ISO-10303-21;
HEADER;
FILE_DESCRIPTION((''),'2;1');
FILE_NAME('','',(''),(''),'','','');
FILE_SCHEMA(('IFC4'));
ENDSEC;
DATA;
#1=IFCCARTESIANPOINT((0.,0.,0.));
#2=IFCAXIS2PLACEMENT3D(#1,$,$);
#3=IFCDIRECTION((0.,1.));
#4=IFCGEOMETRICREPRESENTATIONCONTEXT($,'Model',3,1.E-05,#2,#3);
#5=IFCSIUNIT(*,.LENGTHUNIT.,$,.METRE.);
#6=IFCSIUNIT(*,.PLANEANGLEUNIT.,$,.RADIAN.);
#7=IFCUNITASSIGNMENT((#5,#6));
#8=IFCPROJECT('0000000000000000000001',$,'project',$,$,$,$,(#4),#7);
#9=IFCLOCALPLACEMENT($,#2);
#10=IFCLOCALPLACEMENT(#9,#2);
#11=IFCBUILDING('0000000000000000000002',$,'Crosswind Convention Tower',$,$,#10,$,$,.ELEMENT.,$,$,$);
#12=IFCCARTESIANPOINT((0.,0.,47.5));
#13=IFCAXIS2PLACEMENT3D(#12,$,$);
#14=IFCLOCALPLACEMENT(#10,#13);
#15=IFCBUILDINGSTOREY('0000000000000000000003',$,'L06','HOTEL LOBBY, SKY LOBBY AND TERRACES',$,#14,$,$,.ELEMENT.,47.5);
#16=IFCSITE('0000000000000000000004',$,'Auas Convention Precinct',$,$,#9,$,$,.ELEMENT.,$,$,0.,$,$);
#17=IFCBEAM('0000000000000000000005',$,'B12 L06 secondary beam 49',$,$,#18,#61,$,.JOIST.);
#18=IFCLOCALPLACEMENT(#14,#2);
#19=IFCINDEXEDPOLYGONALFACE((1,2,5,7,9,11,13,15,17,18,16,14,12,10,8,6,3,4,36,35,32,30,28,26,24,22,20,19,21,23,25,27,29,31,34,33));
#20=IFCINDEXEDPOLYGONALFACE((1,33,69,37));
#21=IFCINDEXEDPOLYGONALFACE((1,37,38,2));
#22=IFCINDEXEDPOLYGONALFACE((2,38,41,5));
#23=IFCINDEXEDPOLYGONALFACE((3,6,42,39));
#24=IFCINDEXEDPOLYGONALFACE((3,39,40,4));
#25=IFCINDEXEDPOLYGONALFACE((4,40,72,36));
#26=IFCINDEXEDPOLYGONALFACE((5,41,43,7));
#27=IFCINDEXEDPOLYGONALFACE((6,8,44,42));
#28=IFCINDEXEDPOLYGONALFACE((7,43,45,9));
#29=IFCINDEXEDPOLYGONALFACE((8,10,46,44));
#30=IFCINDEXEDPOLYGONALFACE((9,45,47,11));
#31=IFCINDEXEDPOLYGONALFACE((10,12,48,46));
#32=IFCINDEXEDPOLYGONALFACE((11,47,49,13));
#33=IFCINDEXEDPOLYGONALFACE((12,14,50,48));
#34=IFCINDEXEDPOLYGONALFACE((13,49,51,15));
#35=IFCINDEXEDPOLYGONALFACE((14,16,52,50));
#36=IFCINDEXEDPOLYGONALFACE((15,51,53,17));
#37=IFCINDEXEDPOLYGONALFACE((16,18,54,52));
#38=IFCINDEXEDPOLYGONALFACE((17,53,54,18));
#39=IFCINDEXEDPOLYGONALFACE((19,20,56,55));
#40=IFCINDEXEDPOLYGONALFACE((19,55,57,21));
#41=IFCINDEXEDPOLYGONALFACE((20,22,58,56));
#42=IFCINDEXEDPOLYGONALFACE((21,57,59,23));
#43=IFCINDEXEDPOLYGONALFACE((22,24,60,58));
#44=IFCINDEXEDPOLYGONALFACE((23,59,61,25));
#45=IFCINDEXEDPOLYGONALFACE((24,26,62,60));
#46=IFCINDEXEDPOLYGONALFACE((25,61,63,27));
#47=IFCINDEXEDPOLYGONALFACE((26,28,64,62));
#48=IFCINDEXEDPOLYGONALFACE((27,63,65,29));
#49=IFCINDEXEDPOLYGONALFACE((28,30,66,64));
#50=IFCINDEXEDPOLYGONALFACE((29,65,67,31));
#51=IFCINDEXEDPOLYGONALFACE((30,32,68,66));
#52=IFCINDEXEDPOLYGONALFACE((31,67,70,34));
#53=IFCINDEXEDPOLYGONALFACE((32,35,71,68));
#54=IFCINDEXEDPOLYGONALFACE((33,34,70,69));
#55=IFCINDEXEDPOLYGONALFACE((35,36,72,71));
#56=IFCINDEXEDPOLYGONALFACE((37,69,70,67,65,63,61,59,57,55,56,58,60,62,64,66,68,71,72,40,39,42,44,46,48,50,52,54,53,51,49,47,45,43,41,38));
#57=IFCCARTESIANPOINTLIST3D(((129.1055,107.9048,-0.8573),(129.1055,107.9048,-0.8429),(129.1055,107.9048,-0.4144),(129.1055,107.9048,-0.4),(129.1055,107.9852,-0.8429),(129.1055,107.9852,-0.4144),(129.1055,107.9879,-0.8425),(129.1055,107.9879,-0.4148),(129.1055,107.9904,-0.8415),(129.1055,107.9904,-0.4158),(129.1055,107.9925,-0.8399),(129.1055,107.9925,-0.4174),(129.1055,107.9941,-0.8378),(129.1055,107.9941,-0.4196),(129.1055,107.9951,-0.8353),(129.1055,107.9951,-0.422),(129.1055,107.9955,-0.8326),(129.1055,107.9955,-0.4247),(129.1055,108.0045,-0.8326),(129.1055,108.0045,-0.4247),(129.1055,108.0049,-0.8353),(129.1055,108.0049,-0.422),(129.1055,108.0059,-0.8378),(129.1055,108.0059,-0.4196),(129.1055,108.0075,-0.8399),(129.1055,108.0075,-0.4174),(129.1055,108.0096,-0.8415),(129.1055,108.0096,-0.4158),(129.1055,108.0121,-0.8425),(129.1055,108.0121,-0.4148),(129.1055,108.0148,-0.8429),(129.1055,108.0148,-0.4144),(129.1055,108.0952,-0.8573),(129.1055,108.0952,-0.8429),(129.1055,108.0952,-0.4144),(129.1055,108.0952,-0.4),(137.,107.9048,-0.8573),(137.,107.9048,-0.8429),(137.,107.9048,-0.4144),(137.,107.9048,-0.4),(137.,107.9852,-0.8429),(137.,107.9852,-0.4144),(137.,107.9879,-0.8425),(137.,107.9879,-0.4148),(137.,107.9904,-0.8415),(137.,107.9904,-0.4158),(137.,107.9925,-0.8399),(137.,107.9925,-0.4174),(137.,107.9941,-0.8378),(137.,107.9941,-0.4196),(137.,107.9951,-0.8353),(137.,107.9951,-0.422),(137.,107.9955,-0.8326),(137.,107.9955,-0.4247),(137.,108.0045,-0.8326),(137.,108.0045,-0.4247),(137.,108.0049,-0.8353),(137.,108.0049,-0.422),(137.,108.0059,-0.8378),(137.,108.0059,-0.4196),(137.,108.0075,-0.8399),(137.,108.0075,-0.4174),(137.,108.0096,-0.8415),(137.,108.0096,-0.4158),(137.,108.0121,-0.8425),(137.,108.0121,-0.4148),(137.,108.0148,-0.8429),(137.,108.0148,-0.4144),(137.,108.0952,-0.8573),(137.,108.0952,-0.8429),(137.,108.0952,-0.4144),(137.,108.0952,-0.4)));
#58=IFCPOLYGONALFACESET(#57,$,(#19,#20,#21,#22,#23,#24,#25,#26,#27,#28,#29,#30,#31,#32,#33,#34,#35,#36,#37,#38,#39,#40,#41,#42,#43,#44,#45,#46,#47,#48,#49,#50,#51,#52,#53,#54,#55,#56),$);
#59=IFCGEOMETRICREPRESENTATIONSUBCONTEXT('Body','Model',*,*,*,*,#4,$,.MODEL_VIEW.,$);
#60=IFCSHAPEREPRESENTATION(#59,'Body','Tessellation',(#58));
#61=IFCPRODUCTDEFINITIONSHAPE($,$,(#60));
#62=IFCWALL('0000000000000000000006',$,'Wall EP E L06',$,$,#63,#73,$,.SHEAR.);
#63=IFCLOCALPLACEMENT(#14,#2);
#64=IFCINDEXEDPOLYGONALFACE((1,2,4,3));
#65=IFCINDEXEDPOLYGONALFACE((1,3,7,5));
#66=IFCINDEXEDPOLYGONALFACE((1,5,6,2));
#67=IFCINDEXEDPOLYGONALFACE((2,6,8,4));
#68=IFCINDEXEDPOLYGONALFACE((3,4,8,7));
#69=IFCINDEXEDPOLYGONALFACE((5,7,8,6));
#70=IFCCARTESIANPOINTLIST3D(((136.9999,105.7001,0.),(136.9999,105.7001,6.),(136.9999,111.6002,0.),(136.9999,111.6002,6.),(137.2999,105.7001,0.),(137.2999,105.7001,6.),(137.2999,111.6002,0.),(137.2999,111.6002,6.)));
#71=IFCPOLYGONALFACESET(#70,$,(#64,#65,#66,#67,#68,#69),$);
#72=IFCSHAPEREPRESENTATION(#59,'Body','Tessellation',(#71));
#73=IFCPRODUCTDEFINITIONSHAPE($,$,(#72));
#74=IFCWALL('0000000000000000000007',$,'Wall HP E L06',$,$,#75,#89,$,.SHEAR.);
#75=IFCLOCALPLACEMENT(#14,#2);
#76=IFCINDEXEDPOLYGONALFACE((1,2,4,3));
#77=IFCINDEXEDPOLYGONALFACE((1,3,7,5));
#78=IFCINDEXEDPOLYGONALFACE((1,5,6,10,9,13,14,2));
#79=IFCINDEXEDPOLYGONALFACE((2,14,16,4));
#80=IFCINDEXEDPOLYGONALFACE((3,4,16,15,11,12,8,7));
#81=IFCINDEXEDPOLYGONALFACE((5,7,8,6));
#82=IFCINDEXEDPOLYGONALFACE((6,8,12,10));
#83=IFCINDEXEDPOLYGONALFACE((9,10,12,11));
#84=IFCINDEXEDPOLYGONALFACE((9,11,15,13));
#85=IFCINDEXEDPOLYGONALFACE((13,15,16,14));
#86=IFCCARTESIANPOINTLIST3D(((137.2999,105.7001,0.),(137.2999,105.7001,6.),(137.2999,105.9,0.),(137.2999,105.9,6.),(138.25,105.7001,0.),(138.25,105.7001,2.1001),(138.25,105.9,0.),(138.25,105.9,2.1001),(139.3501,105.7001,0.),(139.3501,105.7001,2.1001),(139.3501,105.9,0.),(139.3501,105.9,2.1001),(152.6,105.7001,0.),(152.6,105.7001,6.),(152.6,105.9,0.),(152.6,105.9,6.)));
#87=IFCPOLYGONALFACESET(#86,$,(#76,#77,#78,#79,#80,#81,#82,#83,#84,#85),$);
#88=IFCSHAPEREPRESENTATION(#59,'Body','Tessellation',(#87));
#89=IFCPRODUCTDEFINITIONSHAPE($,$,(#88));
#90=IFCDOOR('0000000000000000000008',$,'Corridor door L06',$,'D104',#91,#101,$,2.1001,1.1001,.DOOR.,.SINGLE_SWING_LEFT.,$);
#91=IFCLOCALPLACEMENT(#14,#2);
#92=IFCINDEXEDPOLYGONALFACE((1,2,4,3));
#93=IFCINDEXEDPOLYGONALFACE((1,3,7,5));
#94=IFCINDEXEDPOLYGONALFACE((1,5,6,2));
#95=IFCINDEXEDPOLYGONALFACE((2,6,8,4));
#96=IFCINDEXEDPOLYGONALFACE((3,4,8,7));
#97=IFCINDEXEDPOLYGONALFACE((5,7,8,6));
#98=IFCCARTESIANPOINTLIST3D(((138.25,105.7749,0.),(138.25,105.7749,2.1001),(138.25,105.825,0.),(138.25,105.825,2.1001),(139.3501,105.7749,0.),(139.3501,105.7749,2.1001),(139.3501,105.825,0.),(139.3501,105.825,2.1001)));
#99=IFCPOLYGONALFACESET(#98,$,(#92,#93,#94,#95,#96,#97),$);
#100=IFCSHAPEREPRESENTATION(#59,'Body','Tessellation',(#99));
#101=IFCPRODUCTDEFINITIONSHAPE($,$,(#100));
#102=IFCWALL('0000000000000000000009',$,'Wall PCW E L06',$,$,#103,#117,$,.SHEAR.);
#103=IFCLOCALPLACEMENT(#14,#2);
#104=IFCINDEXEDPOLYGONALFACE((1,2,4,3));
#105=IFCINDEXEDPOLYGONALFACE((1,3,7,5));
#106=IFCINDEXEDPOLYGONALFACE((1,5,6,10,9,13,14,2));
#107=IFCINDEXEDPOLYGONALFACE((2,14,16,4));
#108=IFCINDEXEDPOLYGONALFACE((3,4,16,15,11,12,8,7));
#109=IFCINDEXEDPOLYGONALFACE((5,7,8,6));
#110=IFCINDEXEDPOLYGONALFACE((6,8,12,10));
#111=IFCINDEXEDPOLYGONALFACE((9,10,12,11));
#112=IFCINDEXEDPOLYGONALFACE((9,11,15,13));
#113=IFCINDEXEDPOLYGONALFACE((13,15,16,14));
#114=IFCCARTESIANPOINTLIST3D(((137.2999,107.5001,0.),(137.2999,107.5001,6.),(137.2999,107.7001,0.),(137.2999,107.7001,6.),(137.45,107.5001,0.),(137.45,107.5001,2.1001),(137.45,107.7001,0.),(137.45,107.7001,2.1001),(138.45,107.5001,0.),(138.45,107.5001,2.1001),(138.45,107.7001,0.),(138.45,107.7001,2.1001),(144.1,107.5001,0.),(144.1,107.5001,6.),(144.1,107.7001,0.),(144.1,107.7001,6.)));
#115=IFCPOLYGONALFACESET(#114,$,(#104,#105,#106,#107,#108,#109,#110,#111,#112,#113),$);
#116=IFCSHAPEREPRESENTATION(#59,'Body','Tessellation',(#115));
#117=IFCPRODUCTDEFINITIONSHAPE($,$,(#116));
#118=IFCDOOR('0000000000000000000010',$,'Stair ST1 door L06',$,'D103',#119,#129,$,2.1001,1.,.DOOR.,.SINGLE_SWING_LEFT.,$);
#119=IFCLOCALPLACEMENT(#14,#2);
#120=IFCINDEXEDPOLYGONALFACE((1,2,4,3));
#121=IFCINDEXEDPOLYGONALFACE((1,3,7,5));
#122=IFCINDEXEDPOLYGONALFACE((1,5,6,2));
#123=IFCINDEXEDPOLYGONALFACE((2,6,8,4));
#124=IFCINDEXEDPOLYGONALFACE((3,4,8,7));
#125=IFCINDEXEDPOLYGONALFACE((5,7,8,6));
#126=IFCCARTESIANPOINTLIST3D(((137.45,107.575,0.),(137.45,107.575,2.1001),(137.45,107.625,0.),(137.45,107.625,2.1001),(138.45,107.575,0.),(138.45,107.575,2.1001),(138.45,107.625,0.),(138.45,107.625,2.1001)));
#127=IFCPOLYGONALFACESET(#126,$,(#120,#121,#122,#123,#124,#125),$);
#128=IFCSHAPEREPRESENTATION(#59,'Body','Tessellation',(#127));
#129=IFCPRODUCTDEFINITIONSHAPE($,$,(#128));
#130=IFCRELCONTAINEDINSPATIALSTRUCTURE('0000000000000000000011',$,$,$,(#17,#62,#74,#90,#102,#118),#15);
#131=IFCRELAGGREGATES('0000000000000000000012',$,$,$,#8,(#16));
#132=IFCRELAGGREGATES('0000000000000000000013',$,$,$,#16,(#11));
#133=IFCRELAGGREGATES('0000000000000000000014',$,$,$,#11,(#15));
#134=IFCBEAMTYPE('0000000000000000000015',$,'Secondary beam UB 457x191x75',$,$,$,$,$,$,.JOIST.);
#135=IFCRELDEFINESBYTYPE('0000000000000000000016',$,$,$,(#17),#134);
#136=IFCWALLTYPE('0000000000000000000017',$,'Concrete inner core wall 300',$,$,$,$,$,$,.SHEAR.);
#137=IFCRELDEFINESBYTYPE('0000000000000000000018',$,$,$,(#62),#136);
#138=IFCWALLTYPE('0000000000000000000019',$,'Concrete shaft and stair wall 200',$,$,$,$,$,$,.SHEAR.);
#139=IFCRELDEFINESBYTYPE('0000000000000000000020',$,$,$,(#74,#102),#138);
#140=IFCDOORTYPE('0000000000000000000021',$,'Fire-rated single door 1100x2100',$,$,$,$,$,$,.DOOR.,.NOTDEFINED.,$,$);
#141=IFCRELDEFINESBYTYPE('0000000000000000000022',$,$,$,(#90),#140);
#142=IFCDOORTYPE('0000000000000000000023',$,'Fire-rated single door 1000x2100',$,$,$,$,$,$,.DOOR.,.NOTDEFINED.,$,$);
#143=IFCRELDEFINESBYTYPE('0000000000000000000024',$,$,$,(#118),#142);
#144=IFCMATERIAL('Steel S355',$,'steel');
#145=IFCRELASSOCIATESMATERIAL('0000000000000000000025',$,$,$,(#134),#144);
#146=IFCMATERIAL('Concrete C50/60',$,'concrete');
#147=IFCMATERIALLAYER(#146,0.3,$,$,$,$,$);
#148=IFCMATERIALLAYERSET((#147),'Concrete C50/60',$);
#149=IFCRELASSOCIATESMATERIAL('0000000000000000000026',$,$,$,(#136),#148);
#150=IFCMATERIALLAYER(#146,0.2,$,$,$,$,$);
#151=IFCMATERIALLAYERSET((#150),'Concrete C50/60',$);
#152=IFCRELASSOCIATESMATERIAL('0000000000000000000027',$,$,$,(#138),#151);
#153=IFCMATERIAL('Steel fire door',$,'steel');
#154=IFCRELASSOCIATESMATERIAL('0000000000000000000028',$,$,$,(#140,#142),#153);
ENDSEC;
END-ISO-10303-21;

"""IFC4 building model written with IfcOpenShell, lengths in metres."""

from ifc_helpers import new_model, si_unit, direction, frame, frame_2d, origin, origin_2d, place, context, subcontext, project, spatial, rectangle, i_section, extrude, material, layer, layer_set, material_profile, profile_set, type_object, element, fill, save


model = new_model("IFC4")

# Units and contexts
model_context = context("Model", 3, precision=1e-05, world=origin(), true_north=direction((0.0, 1.0)))
body_context = subcontext(model_context, "Body", "Model", "MODEL_VIEW")
ifc_project = project(units=[si_unit("LENGTHUNIT", "METRE"), si_unit("PLANEANGLEUNIT", "RADIAN")], contexts=[model_context])

# Site, building, storey
site_placement = place(None, origin())
site = spatial("IfcSite", under=ifc_project, at=site_placement, Name="Auas Convention Precinct", CompositionType="ELEMENT", RefElevation=0.0)
building_placement = place(site_placement, origin())
building = spatial("IfcBuilding", under=site, at=building_placement, Name="Crosswind Convention Tower", CompositionType="ELEMENT")
storey_placement = place(building_placement, frame((0.0, 0.0, 47.5)))
storey = spatial("IfcBuildingStorey", under=building, at=storey_placement, Name="L06", Description="HOTEL LOBBY, SKY LOBBY AND TERRACES", CompositionType="ELEMENT", Elevation=47.5)

# Beam
ifc_material_1 = material(Name="Steel S355", Category="steel")
ifc_material_profile_1 = material_profile(ifc_material_1, i_section(OverallWidth=0.1904, OverallDepth=0.4573, WebThickness=0.009, FlangeThickness=0.0144, FilletRadius=0.0103, at=origin_2d()), Name="UB 457x191x75")
ifc_profile_set_1 = profile_set([ifc_material_profile_1], Name="Steel S355")
beam_type_1 = type_object("IfcBeamType", Name="Secondary beam UB 457x191x75", PredefinedType="JOIST", material=ifc_profile_set_1)
for number, where, z_axis, x_axis, name in (
    (1, (129.1055, 108.0, -0.6287), (1.0, 0.0, 0.0), (0.0, 1.0, 0.0), "B12 L06 secondary beam 49"),
):
    element("IfcBeam", number, at=place(storey_placement, frame(where, z_axis=z_axis, x_axis=x_axis)), inside=storey, type_object=beam_type_1, Name=name, PredefinedType="JOIST", context=body_context, shape_type="SweptSolid", body=[
        extrude(i_section(OverallWidth=0.1904, OverallDepth=0.4573, WebThickness=0.009, FlangeThickness=0.0144, FilletRadius=0.0103, at=origin_2d()), origin(), (0.0, 0.0, 1.0), 7.8945),
    ])

# Wall
ifc_material_2 = material(Name="Concrete C50/60", Category="concrete")
ifc_layer_1 = layer(ifc_material_2, 0.3)
ifc_layer_set_1 = layer_set([ifc_layer_1], Name="Concrete C50/60")
wall_type_1 = type_object("IfcWallType", Name="Concrete inner core wall 300", PredefinedType="SHEAR", material=ifc_layer_set_1)
wall_1_placement = place(storey_placement, frame((137.1499, 105.7, 0.0), z_axis=(0.0, 0.0, 1.0), x_axis=(0.0, 1.0, 0.0)))
element("IfcWall", 2, at=wall_1_placement, inside=storey, type_object=wall_type_1, Name="Wall EP E L06", PredefinedType="SHEAR", context=body_context, shape_type="SweptSolid", body=[
    extrude(rectangle(XDim=5.9001, YDim=0.3, at=frame_2d((2.9502, 0.0))), origin(), (0.0, 0.0, 1.0), 6.0),
])

# Walls, openings, doors
ifc_layer_2 = layer(ifc_material_2, 0.2)
ifc_layer_set_2 = layer_set([ifc_layer_2], Name="Concrete C50/60")
wall_type_2 = type_object("IfcWallType", Name="Concrete shaft and stair wall 200", PredefinedType="SHEAR", material=ifc_layer_set_2)
wall_2_placement = place(storey_placement, frame((137.3, 105.8, 0.0), z_axis=(0.0, 0.0, 1.0), x_axis=(1.0, 0.0, 0.0)))
wall_2 = element("IfcWall", 3, at=wall_2_placement, inside=storey, type_object=wall_type_2, Name="Wall HP E L06", PredefinedType="SHEAR", context=body_context, shape_type="SweptSolid", body=[
    extrude(rectangle(XDim=15.3, YDim=0.2, at=frame_2d((7.6499, 0.0))), origin(), (0.0, 0.0, 1.0), 6.0),
])
opening_1_placement = place(wall_2_placement, frame((0.95, 0.0, 0.0)))
opening_1 = element("IfcOpeningElement", 4, at=opening_1_placement, cuts=wall_2, PredefinedType="OPENING", context=body_context, shape_type="SweptSolid", body=[
    extrude(rectangle(XDim=1.1001, YDim=2.1001, at=frame_2d((0.55, 1.05))), frame((0.0, 0.1099, 0.0), z_axis=(0.0, -1.0, 0.0), x_axis=(1.0, 0.0, 0.0)), (0.0, 0.0, 1.0), 0.22),
])
ifc_material_3 = material(Name="Steel fire door", Category="steel")
door_type_1 = type_object("IfcDoorType", Name="Fire-rated single door 1100x2100", OperationType="NOTDEFINED", PredefinedType="DOOR", material=ifc_material_3)
door_1_placement = place(opening_1_placement, origin())
door_1 = element("IfcDoor", 5, at=door_1_placement, inside=storey, type_object=door_type_1, Name="Corridor door L06", ObjectType="D104", OperationType="SINGLE_SWING_LEFT", OverallHeight=2.1001, OverallWidth=1.1001, PredefinedType="DOOR", context=body_context, shape_type="SweptSolid", body=[
    extrude(rectangle(XDim=1.1001, YDim=2.1001, at=frame_2d((0.55, 1.05))), frame((0.0, 0.0249, 0.0), z_axis=(0.0, -1.0, 0.0), x_axis=(1.0, 0.0, 0.0)), (0.0, 0.0, 1.0), 0.05),
])
fill(opening_1, door_1)
wall_3_placement = place(storey_placement, frame((137.3, 107.6001, 0.0), z_axis=(0.0, 0.0, 1.0), x_axis=(1.0, 0.0, 0.0)))
wall_3 = element("IfcWall", 6, at=wall_3_placement, inside=storey, type_object=wall_type_2, Name="Wall PCW E L06", PredefinedType="SHEAR", context=body_context, shape_type="SweptSolid", body=[
    extrude(rectangle(XDim=6.8, YDim=0.2, at=frame_2d((3.3999, 0.0))), origin(), (0.0, 0.0, 1.0), 6.0),
])
opening_2_placement = place(wall_3_placement, frame((0.1499, 0.0, 0.0)))
opening_2 = element("IfcOpeningElement", 7, at=opening_2_placement, cuts=wall_3, PredefinedType="OPENING", context=body_context, shape_type="SweptSolid", body=[
    extrude(rectangle(XDim=1.0, YDim=2.1001, at=frame_2d((0.5, 1.05))), frame((0.0, 0.1099, 0.0), z_axis=(0.0, -1.0, 0.0), x_axis=(1.0, 0.0, 0.0)), (0.0, 0.0, 1.0), 0.22),
])
door_type_2 = type_object("IfcDoorType", Name="Fire-rated single door 1000x2100", OperationType="NOTDEFINED", PredefinedType="DOOR", material=ifc_material_3)
door_2_placement = place(opening_2_placement, origin())
door_2 = element("IfcDoor", 8, at=door_2_placement, inside=storey, type_object=door_type_2, Name="Stair ST1 door L06", ObjectType="D103", OperationType="SINGLE_SWING_LEFT", OverallHeight=2.1001, OverallWidth=1.0, PredefinedType="DOOR", context=body_context, shape_type="SweptSolid", body=[
    extrude(rectangle(XDim=1.0, YDim=2.1001, at=frame_2d((0.5, 1.05))), frame((0.0, 0.0249, 0.0), z_axis=(0.0, -1.0, 0.0), x_axis=(1.0, 0.0, 0.0)), (0.0, 0.0, 1.0), 0.05),
])
fill(opening_2, door_2)

save(model, "model.ifc")
